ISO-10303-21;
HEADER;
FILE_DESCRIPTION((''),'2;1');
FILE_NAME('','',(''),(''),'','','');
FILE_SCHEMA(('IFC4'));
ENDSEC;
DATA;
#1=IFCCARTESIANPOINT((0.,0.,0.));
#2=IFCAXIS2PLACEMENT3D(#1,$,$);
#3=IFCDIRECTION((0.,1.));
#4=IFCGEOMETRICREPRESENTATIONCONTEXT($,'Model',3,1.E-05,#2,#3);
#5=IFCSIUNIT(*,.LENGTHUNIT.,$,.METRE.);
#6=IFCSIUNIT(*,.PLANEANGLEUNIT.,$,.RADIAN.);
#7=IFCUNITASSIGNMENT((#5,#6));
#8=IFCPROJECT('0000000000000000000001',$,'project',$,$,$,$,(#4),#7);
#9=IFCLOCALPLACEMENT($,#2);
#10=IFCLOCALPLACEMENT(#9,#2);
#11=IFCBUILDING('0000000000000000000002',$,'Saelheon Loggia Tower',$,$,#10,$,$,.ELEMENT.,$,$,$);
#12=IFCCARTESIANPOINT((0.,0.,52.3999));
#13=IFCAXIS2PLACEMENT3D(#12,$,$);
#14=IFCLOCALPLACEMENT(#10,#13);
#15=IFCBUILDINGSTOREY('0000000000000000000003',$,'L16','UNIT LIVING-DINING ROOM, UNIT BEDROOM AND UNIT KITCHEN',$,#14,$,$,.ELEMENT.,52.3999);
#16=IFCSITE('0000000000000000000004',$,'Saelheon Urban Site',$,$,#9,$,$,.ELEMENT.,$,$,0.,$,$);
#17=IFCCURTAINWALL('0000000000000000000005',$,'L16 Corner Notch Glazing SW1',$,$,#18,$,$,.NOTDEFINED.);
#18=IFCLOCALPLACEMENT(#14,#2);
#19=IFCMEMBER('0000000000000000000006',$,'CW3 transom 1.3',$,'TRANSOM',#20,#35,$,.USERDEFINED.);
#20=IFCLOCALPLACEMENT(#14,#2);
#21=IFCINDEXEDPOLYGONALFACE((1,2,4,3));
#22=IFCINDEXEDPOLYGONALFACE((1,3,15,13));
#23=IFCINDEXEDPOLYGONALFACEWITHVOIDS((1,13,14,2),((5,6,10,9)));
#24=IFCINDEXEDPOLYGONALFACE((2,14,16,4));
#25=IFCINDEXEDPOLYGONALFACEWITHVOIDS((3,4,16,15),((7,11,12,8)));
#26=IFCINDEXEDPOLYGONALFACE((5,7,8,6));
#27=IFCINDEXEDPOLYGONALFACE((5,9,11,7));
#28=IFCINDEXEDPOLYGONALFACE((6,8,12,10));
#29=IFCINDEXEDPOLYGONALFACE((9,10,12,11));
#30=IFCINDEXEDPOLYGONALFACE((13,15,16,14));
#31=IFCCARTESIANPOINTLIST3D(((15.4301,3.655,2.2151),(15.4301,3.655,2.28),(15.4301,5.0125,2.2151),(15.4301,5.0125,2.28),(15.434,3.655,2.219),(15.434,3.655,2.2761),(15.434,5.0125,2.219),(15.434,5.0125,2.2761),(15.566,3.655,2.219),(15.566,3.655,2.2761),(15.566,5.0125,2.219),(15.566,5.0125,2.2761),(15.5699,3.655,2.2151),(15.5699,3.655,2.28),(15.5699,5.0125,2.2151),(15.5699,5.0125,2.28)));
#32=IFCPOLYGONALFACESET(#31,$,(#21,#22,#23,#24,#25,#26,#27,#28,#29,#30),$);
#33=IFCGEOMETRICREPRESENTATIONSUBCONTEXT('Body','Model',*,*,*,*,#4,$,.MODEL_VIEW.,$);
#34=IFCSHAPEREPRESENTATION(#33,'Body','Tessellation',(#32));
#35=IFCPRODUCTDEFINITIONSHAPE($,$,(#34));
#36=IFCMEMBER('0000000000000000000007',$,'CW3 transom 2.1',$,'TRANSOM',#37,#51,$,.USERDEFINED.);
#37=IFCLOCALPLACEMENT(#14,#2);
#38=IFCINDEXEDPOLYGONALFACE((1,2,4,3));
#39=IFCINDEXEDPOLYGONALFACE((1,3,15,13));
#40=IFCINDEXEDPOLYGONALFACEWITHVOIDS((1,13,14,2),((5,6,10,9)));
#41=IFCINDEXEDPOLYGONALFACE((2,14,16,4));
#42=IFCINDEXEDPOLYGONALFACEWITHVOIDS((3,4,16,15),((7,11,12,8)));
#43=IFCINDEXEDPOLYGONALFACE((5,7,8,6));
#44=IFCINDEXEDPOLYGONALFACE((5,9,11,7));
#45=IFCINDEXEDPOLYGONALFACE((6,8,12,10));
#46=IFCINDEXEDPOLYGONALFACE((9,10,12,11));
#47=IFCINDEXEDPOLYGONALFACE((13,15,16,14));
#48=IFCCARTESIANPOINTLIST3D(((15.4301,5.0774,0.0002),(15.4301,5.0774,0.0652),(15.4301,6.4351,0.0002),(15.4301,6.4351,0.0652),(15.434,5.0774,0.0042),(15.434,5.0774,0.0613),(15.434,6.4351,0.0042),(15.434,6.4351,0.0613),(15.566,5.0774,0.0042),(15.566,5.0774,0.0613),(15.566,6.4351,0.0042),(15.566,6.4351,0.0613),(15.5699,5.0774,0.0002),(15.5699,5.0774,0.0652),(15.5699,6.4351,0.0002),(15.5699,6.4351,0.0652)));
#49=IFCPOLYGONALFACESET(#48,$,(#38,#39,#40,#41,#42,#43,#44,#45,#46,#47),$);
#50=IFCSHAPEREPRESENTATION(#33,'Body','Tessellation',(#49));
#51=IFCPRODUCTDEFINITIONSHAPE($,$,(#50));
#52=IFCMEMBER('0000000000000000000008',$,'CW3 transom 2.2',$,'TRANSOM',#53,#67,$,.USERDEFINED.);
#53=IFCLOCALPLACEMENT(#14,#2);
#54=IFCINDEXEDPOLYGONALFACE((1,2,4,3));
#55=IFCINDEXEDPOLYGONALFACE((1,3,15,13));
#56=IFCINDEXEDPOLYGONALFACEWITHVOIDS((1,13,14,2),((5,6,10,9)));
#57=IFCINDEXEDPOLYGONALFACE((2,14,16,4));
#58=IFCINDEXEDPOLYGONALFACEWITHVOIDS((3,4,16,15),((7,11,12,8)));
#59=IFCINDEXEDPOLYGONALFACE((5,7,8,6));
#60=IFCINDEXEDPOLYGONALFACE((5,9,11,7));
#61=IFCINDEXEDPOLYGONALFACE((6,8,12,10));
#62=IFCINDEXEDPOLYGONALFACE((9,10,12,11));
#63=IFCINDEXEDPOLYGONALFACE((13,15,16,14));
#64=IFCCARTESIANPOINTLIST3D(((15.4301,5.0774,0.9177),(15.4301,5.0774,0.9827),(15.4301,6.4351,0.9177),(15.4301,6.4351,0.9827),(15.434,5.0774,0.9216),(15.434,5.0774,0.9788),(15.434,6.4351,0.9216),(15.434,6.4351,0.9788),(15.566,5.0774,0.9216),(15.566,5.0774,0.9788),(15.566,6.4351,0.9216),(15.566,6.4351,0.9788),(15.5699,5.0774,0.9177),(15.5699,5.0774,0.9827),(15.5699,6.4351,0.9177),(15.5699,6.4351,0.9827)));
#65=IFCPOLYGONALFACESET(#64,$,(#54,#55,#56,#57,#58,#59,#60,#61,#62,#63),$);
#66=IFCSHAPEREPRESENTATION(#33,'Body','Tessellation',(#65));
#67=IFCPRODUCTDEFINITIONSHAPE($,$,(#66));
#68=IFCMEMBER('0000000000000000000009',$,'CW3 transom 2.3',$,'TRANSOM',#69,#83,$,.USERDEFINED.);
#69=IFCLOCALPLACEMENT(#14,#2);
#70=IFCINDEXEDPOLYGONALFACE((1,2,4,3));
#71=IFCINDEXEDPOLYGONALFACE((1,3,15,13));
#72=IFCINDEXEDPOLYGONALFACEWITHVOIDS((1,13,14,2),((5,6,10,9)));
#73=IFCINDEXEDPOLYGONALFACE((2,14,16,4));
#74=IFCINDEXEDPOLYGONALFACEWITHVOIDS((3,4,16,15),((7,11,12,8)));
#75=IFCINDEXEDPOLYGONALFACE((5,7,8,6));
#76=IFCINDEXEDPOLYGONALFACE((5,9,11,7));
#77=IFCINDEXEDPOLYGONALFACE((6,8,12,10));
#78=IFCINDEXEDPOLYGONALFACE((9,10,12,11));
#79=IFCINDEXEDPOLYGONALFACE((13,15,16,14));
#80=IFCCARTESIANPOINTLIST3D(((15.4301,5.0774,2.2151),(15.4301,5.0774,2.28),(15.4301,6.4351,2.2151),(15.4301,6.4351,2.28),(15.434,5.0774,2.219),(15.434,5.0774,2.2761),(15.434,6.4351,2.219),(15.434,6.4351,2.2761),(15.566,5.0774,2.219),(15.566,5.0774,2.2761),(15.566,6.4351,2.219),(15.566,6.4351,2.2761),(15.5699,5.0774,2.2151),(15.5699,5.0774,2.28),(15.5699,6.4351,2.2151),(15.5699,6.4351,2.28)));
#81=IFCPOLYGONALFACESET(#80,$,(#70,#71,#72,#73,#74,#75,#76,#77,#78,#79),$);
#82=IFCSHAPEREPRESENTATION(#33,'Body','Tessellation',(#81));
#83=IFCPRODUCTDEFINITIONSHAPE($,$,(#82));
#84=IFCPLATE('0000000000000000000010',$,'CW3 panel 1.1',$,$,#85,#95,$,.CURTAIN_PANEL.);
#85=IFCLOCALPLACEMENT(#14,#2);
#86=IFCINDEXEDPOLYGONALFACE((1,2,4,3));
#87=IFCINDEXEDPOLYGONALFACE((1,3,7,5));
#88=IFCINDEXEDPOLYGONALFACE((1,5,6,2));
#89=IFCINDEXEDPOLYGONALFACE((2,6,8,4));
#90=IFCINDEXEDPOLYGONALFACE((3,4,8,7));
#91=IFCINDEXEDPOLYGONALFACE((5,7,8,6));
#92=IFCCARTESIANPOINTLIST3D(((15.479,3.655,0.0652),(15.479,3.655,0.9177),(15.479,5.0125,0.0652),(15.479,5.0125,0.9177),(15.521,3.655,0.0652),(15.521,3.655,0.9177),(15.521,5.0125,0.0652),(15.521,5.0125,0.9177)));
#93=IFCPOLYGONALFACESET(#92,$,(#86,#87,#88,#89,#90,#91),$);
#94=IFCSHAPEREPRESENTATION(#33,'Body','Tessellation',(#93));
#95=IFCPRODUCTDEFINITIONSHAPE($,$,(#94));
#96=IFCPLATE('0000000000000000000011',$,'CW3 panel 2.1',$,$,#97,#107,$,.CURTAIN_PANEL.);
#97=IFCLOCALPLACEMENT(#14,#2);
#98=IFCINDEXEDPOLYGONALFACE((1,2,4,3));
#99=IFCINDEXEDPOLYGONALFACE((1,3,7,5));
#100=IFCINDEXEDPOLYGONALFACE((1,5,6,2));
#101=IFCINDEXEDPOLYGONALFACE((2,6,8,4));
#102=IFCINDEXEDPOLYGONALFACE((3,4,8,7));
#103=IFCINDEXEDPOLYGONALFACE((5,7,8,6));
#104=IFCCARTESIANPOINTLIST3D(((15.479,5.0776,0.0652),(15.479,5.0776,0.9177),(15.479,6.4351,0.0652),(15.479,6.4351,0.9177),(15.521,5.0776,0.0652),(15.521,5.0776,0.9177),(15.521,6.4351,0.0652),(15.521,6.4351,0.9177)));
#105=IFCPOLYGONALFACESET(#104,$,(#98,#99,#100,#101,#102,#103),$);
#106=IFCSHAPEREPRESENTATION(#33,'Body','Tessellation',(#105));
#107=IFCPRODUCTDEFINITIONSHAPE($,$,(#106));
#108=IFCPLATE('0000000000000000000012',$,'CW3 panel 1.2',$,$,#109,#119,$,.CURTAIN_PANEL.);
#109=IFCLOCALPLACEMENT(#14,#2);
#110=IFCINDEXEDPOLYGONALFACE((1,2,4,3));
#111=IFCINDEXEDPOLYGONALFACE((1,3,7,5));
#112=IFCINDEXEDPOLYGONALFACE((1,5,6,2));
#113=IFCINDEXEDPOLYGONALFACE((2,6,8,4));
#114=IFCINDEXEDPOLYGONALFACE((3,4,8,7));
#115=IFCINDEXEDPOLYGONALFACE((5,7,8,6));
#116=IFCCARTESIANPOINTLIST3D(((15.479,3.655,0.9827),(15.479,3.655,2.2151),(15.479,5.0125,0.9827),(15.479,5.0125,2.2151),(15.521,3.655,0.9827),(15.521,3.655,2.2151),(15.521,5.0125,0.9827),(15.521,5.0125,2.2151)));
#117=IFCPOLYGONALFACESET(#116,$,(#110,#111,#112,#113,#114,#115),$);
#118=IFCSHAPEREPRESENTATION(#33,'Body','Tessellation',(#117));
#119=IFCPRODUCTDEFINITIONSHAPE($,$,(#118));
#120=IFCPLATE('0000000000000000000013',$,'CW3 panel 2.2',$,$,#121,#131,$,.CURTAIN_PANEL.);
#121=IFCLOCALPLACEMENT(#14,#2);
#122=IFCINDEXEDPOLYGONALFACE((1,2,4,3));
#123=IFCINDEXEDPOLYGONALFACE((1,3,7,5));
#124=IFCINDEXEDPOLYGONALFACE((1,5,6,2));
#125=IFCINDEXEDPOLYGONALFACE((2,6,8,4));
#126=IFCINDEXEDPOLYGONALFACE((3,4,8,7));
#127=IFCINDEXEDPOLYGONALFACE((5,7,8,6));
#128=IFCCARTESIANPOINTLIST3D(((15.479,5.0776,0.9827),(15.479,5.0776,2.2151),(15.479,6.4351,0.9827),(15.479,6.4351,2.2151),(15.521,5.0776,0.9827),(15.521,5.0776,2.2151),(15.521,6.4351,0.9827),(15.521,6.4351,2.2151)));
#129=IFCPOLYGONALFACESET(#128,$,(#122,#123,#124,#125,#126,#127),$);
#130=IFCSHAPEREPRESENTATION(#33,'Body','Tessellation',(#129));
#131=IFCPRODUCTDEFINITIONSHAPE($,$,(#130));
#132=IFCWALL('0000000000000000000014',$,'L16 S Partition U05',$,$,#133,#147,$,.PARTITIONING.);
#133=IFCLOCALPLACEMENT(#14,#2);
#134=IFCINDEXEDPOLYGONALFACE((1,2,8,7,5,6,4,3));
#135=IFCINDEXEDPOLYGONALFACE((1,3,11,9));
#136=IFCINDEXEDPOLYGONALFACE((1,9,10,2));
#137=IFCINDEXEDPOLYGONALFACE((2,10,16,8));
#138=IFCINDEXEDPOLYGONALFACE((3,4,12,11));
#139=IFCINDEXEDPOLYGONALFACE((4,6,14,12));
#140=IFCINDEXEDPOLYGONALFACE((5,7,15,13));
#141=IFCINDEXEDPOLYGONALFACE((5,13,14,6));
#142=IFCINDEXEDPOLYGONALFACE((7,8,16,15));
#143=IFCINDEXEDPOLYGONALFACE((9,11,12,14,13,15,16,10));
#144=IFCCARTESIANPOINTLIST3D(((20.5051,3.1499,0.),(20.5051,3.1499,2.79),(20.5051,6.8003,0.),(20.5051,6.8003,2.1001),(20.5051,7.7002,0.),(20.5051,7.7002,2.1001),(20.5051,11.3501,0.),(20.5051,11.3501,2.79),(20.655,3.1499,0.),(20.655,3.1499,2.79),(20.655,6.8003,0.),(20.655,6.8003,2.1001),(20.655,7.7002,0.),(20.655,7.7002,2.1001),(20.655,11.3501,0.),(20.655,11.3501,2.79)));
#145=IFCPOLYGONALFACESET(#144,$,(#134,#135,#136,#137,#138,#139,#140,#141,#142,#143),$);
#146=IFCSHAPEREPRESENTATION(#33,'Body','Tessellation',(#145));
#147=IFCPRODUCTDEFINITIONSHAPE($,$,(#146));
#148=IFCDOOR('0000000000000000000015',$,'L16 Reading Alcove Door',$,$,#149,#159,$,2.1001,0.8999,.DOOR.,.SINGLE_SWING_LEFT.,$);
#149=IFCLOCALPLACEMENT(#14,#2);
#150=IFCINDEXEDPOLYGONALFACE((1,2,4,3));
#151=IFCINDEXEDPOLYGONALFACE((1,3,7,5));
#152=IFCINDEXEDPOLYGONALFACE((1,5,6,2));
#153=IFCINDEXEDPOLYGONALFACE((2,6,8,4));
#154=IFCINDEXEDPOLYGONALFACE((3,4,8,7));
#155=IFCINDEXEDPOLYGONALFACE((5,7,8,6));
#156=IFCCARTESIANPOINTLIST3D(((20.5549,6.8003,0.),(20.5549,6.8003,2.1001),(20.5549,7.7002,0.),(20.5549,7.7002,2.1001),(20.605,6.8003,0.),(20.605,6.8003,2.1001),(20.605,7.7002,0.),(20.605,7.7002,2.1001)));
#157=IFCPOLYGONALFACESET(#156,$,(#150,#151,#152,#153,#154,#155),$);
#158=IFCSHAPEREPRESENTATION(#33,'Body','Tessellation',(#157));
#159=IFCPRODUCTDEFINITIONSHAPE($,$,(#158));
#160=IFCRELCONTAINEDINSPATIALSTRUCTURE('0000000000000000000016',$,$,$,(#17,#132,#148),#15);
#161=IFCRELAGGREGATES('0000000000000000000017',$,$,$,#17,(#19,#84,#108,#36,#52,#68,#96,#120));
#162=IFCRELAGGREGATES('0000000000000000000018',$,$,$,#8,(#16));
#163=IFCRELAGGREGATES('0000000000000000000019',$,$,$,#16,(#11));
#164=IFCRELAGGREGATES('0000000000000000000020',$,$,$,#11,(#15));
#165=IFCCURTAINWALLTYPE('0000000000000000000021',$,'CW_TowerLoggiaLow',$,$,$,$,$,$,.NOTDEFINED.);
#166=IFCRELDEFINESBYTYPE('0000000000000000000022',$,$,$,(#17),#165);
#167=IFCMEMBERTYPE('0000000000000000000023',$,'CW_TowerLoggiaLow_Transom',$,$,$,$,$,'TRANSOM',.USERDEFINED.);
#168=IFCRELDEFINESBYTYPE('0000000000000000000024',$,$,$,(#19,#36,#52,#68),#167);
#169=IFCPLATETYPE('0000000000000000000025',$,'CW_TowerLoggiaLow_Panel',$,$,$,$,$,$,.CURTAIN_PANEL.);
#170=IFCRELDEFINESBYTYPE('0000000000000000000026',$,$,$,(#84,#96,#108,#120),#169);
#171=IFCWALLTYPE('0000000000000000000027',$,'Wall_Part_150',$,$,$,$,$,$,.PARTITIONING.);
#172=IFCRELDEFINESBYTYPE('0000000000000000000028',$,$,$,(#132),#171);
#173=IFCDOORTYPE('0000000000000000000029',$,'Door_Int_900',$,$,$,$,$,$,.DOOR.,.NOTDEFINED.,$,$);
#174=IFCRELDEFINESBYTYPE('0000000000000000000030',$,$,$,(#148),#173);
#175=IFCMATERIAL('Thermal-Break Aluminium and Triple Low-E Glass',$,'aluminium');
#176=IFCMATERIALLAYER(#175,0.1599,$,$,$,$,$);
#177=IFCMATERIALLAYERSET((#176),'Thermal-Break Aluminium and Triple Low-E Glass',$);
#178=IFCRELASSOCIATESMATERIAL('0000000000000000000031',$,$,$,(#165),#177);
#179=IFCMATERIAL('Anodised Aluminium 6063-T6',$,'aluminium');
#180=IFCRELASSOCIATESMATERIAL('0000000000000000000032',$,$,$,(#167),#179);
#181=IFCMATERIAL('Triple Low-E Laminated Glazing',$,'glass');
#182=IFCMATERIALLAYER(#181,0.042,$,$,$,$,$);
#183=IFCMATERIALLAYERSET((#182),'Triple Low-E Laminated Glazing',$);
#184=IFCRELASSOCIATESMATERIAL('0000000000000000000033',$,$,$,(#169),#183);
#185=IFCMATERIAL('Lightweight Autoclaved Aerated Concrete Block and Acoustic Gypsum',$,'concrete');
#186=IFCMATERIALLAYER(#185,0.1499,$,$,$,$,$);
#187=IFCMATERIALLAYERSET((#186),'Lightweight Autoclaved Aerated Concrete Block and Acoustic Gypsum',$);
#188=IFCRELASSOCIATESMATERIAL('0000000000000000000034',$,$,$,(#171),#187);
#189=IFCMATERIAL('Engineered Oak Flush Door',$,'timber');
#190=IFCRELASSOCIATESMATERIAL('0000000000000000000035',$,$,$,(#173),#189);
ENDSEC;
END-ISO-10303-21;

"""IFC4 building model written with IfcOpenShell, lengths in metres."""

from ifc_helpers import new_model, si_unit, direction, frame, frame_2d, origin, origin_2d, place, context, subcontext, project, spatial, rectangle, hollow_rectangle, extrude, source, transform, mapped, material, layer, layer_set, material_profile, profile_set, type_object, element, fill, aggregate, save


model = new_model("IFC4")

# Units and contexts
model_context = context("Model", 3, precision=1e-05, world=origin(), true_north=direction((0.0, 1.0)))
body_context = subcontext(model_context, "Body", "Model", "MODEL_VIEW")
ifc_project = project(units=[si_unit("LENGTHUNIT", "METRE"), si_unit("PLANEANGLEUNIT", "RADIAN")], contexts=[model_context])

# Site, building, storey
site_placement = place(None, origin())
site = spatial("IfcSite", under=ifc_project, at=site_placement, Name="Saelheon Urban Site", CompositionType="ELEMENT", RefElevation=0.0)
building_placement = place(site_placement, origin())
building = spatial("IfcBuilding", under=site, at=building_placement, Name="Saelheon Loggia Tower", CompositionType="ELEMENT")
storey_placement = place(building_placement, frame((0.0, 0.0, 52.3999)))
storey = spatial("IfcBuildingStorey", under=building, at=storey_placement, Name="L16", Description="UNIT LIVING-DINING ROOM, UNIT BEDROOM AND UNIT KITCHEN", CompositionType="ELEMENT", Elevation=52.3999)

# Curtain wall, members, plates
ifc_material_1 = material(Name="Thermal-Break Aluminium and Triple Low-E Glass", Category="aluminium")
ifc_layer_1 = layer(ifc_material_1, 0.1599)
ifc_layer_set_1 = layer_set([ifc_layer_1], Name="Thermal-Break Aluminium and Triple Low-E Glass")
curtain_wall_type = type_object("IfcCurtainWallType", Name="CW_TowerLoggiaLow", PredefinedType="NOTDEFINED", material=ifc_layer_set_1)
curtain_wall_placement = place(storey_placement, origin())
curtain_wall = element("IfcCurtainWall", 1, at=curtain_wall_placement, inside=storey, type_object=curtain_wall_type, Name="L16 Corner Notch Glazing SW1", PredefinedType="NOTDEFINED")
ifc_material_2 = material(Name="Anodised Aluminium 6063-T6", Category="aluminium")
ifc_material_profile_1 = material_profile(ifc_material_2, hollow_rectangle(XDim=0.0649, YDim=0.1399, WallThickness=0.0039, at=origin_2d()), Name="RHS-140x65x4")
ifc_profile_set_1 = profile_set([ifc_material_profile_1], Name="Anodised Aluminium 6063-T6")
member_type_1 = type_object("IfcMemberType", Name="CW_TowerLoggiaLow_Transom", ElementType="TRANSOM", PredefinedType="USERDEFINED", material=ifc_profile_set_1)
shared_shape_1 = source(origin(), body_context, "Body", "SweptSolid", [
    extrude(hollow_rectangle(XDim=0.0649, YDim=0.1399, WallThickness=0.0039, at=origin_2d()), origin(), (0.0, 0.0, 1.0), 1.3574),
])
member_1_placement = place(storey_placement, frame((15.5, 3.655, 2.2476), z_axis=(0.0, 1.0, 0.0), x_axis=(0.0, 0.0, 1.0)))
member_1 = element("IfcMember", 2, at=member_1_placement, type_object=member_type_1, Name="CW3 transom 1.3", ObjectType="TRANSOM", PredefinedType="USERDEFINED", context=body_context, shape_type="MappedRepresentation", body=[
    mapped(shared_shape_1, transform((0.0, 0.0, 0.0), scale=1.0)),
])
shared_shape_2 = source(origin(), body_context, "Body", "SweptSolid", [
    extrude(hollow_rectangle(XDim=0.0649, YDim=0.1399, WallThickness=0.0039, at=origin_2d()), origin(), (0.0, 0.0, 1.0), 1.3577),
])
member_2_placement = place(storey_placement, frame((15.5, 5.0774, 0.0327), z_axis=(0.0, 1.0, 0.0), x_axis=(0.0, 0.0, 1.0)))
member_2 = element("IfcMember", 3, at=member_2_placement, type_object=member_type_1, Name="CW3 transom 2.1", ObjectType="TRANSOM", PredefinedType="USERDEFINED", context=body_context, shape_type="MappedRepresentation", body=[
    mapped(shared_shape_2, transform((0.0, 0.0, 0.0), scale=1.0)),
])
member_3_placement = place(storey_placement, frame((15.5, 5.0774, 0.9502), z_axis=(0.0, 1.0, 0.0), x_axis=(0.0, 0.0, 1.0)))
member_3 = element("IfcMember", 4, at=member_3_placement, type_object=member_type_1, Name="CW3 transom 2.2", ObjectType="TRANSOM", PredefinedType="USERDEFINED", context=body_context, shape_type="MappedRepresentation", body=[
    mapped(shared_shape_2, transform((0.0, 0.0, 0.0), scale=1.0)),
])
member_4_placement = place(storey_placement, frame((15.5, 5.0774, 2.2476), z_axis=(0.0, 1.0, 0.0), x_axis=(0.0, 0.0, 1.0)))
member_4 = element("IfcMember", 5, at=member_4_placement, type_object=member_type_1, Name="CW3 transom 2.3", ObjectType="TRANSOM", PredefinedType="USERDEFINED", context=body_context, shape_type="MappedRepresentation", body=[
    mapped(shared_shape_2, transform((0.0, 0.0, 0.0), scale=1.0)),
])
ifc_material_3 = material(Name="Triple Low-E Laminated Glazing", Category="glass")
ifc_layer_2 = layer(ifc_material_3, 0.042)
ifc_layer_set_2 = layer_set([ifc_layer_2], Name="Triple Low-E Laminated Glazing")
plate_type = type_object("IfcPlateType", Name="CW_TowerLoggiaLow_Panel", PredefinedType="CURTAIN_PANEL", material=ifc_layer_set_2)
shared_shape_3 = source(origin(), body_context, "Body", "SweptSolid", [
    extrude(rectangle(XDim=1.3574, YDim=0.042, at=origin_2d()), origin(), (0.0, 0.0, 1.0), 0.8525),
])
plate_1_placement = place(storey_placement, frame((15.5, 4.3337, 0.0652), z_axis=(0.0, 0.0, 1.0), x_axis=(0.0, 1.0, 0.0)))
plate_1 = element("IfcPlate", 6, at=plate_1_placement, type_object=plate_type, Name="CW3 panel 1.1", PredefinedType="CURTAIN_PANEL", context=body_context, shape_type="MappedRepresentation", body=[
    mapped(shared_shape_3, transform((0.0, 0.0, 0.0), scale=1.0)),
])
plate_2_placement = place(storey_placement, frame((15.5, 5.7563, 0.0652), z_axis=(0.0, 0.0, 1.0), x_axis=(0.0, 1.0, 0.0)))
plate_2 = element("IfcPlate", 7, at=plate_2_placement, type_object=plate_type, Name="CW3 panel 2.1", PredefinedType="CURTAIN_PANEL", context=body_context, shape_type="MappedRepresentation", body=[
    mapped(shared_shape_3, transform((0.0, 0.0, 0.0), scale=1.0)),
])
shared_shape_4 = source(origin(), body_context, "Body", "SweptSolid", [
    extrude(rectangle(XDim=1.3574, YDim=0.042, at=origin_2d()), origin(), (0.0, 0.0, 1.0), 1.2324),
])
plate_3_placement = place(storey_placement, frame((15.5, 4.3337, 0.9827), z_axis=(0.0, 0.0, 1.0), x_axis=(0.0, 1.0, 0.0)))
plate_3 = element("IfcPlate", 8, at=plate_3_placement, type_object=plate_type, Name="CW3 panel 1.2", PredefinedType="CURTAIN_PANEL", context=body_context, shape_type="MappedRepresentation", body=[
    mapped(shared_shape_4, transform((0.0, 0.0, 0.0), scale=1.0)),
])
plate_4_placement = place(storey_placement, frame((15.5, 5.7563, 0.9827), z_axis=(0.0, 0.0, 1.0), x_axis=(0.0, 1.0, 0.0)))
plate_4 = element("IfcPlate", 9, at=plate_4_placement, type_object=plate_type, Name="CW3 panel 2.2", PredefinedType="CURTAIN_PANEL", context=body_context, shape_type="MappedRepresentation", body=[
    mapped(shared_shape_4, transform((0.0, 0.0, 0.0), scale=1.0)),
])
aggregate(curtain_wall, [member_1, plate_1, plate_3, member_2, member_3, member_4, plate_2, plate_4])

# Wall, opening, door
ifc_material_4 = material(Name="Lightweight Autoclaved Aerated Concrete Block and Acoustic Gypsum", Category="concrete")
ifc_layer_3 = layer(ifc_material_4, 0.1499)
ifc_layer_set_3 = layer_set([ifc_layer_3], Name="Lightweight Autoclaved Aerated Concrete Block and Acoustic Gypsum")
wall_type_1 = type_object("IfcWallType", Name="Wall_Part_150", PredefinedType="PARTITIONING", material=ifc_layer_set_3)
wall_1_placement = place(storey_placement, frame((20.5801, 11.3501, 0.0), z_axis=(0.0, 0.0, 1.0), x_axis=(0.0, -1.0, 0.0)))
wall_1 = element("IfcWall", 10, at=wall_1_placement, inside=storey, type_object=wall_type_1, Name="L16 S Partition U05", PredefinedType="PARTITIONING", context=body_context, shape_type="SweptSolid", body=[
    extrude(rectangle(XDim=8.2002, YDim=0.1499, at=frame_2d((4.1001, 0.0))), origin(), (0.0, 0.0, 1.0), 2.79),
])
opening_1_placement = place(wall_1_placement, frame((3.6499, 0.0, 0.0)))
opening_1 = element("IfcOpeningElement", 11, at=opening_1_placement, cuts=wall_1, PredefinedType="OPENING", context=body_context, shape_type="SweptSolid", body=[
    extrude(rectangle(XDim=0.8999, YDim=2.1001, at=frame_2d((0.45, 1.05))), frame((0.0, 0.0869, 0.0), z_axis=(0.0, -1.0, 0.0), x_axis=(1.0, 0.0, 0.0)), (0.0, 0.0, 1.0), 0.1738),
])
ifc_material_5 = material(Name="Engineered Oak Flush Door", Category="timber")
door_type = type_object("IfcDoorType", Name="Door_Int_900", OperationType="NOTDEFINED", PredefinedType="DOOR", material=ifc_material_5)
shared_shape_5 = source(origin(), body_context, "Body", "SweptSolid", [
    extrude(rectangle(XDim=0.8999, YDim=2.1001, at=frame_2d((0.45, 1.05))), frame((0.0, 0.0249, 0.0), z_axis=(0.0, -1.0, 0.0), x_axis=(1.0, 0.0, 0.0)), (0.0, 0.0, 1.0), 0.05),
])
door_1_placement = place(opening_1_placement, origin())
door_1 = element("IfcDoor", 12, at=door_1_placement, inside=storey, type_object=door_type, Name="L16 Reading Alcove Door", OperationType="SINGLE_SWING_LEFT", OverallHeight=2.1001, OverallWidth=0.8999, PredefinedType="DOOR", context=body_context, shape_type="MappedRepresentation", body=[
    mapped(shared_shape_5, transform((0.0, 0.0, 0.0), scale=1.0)),
])
fill(opening_1, door_1)

save(model, "model.ifc")
